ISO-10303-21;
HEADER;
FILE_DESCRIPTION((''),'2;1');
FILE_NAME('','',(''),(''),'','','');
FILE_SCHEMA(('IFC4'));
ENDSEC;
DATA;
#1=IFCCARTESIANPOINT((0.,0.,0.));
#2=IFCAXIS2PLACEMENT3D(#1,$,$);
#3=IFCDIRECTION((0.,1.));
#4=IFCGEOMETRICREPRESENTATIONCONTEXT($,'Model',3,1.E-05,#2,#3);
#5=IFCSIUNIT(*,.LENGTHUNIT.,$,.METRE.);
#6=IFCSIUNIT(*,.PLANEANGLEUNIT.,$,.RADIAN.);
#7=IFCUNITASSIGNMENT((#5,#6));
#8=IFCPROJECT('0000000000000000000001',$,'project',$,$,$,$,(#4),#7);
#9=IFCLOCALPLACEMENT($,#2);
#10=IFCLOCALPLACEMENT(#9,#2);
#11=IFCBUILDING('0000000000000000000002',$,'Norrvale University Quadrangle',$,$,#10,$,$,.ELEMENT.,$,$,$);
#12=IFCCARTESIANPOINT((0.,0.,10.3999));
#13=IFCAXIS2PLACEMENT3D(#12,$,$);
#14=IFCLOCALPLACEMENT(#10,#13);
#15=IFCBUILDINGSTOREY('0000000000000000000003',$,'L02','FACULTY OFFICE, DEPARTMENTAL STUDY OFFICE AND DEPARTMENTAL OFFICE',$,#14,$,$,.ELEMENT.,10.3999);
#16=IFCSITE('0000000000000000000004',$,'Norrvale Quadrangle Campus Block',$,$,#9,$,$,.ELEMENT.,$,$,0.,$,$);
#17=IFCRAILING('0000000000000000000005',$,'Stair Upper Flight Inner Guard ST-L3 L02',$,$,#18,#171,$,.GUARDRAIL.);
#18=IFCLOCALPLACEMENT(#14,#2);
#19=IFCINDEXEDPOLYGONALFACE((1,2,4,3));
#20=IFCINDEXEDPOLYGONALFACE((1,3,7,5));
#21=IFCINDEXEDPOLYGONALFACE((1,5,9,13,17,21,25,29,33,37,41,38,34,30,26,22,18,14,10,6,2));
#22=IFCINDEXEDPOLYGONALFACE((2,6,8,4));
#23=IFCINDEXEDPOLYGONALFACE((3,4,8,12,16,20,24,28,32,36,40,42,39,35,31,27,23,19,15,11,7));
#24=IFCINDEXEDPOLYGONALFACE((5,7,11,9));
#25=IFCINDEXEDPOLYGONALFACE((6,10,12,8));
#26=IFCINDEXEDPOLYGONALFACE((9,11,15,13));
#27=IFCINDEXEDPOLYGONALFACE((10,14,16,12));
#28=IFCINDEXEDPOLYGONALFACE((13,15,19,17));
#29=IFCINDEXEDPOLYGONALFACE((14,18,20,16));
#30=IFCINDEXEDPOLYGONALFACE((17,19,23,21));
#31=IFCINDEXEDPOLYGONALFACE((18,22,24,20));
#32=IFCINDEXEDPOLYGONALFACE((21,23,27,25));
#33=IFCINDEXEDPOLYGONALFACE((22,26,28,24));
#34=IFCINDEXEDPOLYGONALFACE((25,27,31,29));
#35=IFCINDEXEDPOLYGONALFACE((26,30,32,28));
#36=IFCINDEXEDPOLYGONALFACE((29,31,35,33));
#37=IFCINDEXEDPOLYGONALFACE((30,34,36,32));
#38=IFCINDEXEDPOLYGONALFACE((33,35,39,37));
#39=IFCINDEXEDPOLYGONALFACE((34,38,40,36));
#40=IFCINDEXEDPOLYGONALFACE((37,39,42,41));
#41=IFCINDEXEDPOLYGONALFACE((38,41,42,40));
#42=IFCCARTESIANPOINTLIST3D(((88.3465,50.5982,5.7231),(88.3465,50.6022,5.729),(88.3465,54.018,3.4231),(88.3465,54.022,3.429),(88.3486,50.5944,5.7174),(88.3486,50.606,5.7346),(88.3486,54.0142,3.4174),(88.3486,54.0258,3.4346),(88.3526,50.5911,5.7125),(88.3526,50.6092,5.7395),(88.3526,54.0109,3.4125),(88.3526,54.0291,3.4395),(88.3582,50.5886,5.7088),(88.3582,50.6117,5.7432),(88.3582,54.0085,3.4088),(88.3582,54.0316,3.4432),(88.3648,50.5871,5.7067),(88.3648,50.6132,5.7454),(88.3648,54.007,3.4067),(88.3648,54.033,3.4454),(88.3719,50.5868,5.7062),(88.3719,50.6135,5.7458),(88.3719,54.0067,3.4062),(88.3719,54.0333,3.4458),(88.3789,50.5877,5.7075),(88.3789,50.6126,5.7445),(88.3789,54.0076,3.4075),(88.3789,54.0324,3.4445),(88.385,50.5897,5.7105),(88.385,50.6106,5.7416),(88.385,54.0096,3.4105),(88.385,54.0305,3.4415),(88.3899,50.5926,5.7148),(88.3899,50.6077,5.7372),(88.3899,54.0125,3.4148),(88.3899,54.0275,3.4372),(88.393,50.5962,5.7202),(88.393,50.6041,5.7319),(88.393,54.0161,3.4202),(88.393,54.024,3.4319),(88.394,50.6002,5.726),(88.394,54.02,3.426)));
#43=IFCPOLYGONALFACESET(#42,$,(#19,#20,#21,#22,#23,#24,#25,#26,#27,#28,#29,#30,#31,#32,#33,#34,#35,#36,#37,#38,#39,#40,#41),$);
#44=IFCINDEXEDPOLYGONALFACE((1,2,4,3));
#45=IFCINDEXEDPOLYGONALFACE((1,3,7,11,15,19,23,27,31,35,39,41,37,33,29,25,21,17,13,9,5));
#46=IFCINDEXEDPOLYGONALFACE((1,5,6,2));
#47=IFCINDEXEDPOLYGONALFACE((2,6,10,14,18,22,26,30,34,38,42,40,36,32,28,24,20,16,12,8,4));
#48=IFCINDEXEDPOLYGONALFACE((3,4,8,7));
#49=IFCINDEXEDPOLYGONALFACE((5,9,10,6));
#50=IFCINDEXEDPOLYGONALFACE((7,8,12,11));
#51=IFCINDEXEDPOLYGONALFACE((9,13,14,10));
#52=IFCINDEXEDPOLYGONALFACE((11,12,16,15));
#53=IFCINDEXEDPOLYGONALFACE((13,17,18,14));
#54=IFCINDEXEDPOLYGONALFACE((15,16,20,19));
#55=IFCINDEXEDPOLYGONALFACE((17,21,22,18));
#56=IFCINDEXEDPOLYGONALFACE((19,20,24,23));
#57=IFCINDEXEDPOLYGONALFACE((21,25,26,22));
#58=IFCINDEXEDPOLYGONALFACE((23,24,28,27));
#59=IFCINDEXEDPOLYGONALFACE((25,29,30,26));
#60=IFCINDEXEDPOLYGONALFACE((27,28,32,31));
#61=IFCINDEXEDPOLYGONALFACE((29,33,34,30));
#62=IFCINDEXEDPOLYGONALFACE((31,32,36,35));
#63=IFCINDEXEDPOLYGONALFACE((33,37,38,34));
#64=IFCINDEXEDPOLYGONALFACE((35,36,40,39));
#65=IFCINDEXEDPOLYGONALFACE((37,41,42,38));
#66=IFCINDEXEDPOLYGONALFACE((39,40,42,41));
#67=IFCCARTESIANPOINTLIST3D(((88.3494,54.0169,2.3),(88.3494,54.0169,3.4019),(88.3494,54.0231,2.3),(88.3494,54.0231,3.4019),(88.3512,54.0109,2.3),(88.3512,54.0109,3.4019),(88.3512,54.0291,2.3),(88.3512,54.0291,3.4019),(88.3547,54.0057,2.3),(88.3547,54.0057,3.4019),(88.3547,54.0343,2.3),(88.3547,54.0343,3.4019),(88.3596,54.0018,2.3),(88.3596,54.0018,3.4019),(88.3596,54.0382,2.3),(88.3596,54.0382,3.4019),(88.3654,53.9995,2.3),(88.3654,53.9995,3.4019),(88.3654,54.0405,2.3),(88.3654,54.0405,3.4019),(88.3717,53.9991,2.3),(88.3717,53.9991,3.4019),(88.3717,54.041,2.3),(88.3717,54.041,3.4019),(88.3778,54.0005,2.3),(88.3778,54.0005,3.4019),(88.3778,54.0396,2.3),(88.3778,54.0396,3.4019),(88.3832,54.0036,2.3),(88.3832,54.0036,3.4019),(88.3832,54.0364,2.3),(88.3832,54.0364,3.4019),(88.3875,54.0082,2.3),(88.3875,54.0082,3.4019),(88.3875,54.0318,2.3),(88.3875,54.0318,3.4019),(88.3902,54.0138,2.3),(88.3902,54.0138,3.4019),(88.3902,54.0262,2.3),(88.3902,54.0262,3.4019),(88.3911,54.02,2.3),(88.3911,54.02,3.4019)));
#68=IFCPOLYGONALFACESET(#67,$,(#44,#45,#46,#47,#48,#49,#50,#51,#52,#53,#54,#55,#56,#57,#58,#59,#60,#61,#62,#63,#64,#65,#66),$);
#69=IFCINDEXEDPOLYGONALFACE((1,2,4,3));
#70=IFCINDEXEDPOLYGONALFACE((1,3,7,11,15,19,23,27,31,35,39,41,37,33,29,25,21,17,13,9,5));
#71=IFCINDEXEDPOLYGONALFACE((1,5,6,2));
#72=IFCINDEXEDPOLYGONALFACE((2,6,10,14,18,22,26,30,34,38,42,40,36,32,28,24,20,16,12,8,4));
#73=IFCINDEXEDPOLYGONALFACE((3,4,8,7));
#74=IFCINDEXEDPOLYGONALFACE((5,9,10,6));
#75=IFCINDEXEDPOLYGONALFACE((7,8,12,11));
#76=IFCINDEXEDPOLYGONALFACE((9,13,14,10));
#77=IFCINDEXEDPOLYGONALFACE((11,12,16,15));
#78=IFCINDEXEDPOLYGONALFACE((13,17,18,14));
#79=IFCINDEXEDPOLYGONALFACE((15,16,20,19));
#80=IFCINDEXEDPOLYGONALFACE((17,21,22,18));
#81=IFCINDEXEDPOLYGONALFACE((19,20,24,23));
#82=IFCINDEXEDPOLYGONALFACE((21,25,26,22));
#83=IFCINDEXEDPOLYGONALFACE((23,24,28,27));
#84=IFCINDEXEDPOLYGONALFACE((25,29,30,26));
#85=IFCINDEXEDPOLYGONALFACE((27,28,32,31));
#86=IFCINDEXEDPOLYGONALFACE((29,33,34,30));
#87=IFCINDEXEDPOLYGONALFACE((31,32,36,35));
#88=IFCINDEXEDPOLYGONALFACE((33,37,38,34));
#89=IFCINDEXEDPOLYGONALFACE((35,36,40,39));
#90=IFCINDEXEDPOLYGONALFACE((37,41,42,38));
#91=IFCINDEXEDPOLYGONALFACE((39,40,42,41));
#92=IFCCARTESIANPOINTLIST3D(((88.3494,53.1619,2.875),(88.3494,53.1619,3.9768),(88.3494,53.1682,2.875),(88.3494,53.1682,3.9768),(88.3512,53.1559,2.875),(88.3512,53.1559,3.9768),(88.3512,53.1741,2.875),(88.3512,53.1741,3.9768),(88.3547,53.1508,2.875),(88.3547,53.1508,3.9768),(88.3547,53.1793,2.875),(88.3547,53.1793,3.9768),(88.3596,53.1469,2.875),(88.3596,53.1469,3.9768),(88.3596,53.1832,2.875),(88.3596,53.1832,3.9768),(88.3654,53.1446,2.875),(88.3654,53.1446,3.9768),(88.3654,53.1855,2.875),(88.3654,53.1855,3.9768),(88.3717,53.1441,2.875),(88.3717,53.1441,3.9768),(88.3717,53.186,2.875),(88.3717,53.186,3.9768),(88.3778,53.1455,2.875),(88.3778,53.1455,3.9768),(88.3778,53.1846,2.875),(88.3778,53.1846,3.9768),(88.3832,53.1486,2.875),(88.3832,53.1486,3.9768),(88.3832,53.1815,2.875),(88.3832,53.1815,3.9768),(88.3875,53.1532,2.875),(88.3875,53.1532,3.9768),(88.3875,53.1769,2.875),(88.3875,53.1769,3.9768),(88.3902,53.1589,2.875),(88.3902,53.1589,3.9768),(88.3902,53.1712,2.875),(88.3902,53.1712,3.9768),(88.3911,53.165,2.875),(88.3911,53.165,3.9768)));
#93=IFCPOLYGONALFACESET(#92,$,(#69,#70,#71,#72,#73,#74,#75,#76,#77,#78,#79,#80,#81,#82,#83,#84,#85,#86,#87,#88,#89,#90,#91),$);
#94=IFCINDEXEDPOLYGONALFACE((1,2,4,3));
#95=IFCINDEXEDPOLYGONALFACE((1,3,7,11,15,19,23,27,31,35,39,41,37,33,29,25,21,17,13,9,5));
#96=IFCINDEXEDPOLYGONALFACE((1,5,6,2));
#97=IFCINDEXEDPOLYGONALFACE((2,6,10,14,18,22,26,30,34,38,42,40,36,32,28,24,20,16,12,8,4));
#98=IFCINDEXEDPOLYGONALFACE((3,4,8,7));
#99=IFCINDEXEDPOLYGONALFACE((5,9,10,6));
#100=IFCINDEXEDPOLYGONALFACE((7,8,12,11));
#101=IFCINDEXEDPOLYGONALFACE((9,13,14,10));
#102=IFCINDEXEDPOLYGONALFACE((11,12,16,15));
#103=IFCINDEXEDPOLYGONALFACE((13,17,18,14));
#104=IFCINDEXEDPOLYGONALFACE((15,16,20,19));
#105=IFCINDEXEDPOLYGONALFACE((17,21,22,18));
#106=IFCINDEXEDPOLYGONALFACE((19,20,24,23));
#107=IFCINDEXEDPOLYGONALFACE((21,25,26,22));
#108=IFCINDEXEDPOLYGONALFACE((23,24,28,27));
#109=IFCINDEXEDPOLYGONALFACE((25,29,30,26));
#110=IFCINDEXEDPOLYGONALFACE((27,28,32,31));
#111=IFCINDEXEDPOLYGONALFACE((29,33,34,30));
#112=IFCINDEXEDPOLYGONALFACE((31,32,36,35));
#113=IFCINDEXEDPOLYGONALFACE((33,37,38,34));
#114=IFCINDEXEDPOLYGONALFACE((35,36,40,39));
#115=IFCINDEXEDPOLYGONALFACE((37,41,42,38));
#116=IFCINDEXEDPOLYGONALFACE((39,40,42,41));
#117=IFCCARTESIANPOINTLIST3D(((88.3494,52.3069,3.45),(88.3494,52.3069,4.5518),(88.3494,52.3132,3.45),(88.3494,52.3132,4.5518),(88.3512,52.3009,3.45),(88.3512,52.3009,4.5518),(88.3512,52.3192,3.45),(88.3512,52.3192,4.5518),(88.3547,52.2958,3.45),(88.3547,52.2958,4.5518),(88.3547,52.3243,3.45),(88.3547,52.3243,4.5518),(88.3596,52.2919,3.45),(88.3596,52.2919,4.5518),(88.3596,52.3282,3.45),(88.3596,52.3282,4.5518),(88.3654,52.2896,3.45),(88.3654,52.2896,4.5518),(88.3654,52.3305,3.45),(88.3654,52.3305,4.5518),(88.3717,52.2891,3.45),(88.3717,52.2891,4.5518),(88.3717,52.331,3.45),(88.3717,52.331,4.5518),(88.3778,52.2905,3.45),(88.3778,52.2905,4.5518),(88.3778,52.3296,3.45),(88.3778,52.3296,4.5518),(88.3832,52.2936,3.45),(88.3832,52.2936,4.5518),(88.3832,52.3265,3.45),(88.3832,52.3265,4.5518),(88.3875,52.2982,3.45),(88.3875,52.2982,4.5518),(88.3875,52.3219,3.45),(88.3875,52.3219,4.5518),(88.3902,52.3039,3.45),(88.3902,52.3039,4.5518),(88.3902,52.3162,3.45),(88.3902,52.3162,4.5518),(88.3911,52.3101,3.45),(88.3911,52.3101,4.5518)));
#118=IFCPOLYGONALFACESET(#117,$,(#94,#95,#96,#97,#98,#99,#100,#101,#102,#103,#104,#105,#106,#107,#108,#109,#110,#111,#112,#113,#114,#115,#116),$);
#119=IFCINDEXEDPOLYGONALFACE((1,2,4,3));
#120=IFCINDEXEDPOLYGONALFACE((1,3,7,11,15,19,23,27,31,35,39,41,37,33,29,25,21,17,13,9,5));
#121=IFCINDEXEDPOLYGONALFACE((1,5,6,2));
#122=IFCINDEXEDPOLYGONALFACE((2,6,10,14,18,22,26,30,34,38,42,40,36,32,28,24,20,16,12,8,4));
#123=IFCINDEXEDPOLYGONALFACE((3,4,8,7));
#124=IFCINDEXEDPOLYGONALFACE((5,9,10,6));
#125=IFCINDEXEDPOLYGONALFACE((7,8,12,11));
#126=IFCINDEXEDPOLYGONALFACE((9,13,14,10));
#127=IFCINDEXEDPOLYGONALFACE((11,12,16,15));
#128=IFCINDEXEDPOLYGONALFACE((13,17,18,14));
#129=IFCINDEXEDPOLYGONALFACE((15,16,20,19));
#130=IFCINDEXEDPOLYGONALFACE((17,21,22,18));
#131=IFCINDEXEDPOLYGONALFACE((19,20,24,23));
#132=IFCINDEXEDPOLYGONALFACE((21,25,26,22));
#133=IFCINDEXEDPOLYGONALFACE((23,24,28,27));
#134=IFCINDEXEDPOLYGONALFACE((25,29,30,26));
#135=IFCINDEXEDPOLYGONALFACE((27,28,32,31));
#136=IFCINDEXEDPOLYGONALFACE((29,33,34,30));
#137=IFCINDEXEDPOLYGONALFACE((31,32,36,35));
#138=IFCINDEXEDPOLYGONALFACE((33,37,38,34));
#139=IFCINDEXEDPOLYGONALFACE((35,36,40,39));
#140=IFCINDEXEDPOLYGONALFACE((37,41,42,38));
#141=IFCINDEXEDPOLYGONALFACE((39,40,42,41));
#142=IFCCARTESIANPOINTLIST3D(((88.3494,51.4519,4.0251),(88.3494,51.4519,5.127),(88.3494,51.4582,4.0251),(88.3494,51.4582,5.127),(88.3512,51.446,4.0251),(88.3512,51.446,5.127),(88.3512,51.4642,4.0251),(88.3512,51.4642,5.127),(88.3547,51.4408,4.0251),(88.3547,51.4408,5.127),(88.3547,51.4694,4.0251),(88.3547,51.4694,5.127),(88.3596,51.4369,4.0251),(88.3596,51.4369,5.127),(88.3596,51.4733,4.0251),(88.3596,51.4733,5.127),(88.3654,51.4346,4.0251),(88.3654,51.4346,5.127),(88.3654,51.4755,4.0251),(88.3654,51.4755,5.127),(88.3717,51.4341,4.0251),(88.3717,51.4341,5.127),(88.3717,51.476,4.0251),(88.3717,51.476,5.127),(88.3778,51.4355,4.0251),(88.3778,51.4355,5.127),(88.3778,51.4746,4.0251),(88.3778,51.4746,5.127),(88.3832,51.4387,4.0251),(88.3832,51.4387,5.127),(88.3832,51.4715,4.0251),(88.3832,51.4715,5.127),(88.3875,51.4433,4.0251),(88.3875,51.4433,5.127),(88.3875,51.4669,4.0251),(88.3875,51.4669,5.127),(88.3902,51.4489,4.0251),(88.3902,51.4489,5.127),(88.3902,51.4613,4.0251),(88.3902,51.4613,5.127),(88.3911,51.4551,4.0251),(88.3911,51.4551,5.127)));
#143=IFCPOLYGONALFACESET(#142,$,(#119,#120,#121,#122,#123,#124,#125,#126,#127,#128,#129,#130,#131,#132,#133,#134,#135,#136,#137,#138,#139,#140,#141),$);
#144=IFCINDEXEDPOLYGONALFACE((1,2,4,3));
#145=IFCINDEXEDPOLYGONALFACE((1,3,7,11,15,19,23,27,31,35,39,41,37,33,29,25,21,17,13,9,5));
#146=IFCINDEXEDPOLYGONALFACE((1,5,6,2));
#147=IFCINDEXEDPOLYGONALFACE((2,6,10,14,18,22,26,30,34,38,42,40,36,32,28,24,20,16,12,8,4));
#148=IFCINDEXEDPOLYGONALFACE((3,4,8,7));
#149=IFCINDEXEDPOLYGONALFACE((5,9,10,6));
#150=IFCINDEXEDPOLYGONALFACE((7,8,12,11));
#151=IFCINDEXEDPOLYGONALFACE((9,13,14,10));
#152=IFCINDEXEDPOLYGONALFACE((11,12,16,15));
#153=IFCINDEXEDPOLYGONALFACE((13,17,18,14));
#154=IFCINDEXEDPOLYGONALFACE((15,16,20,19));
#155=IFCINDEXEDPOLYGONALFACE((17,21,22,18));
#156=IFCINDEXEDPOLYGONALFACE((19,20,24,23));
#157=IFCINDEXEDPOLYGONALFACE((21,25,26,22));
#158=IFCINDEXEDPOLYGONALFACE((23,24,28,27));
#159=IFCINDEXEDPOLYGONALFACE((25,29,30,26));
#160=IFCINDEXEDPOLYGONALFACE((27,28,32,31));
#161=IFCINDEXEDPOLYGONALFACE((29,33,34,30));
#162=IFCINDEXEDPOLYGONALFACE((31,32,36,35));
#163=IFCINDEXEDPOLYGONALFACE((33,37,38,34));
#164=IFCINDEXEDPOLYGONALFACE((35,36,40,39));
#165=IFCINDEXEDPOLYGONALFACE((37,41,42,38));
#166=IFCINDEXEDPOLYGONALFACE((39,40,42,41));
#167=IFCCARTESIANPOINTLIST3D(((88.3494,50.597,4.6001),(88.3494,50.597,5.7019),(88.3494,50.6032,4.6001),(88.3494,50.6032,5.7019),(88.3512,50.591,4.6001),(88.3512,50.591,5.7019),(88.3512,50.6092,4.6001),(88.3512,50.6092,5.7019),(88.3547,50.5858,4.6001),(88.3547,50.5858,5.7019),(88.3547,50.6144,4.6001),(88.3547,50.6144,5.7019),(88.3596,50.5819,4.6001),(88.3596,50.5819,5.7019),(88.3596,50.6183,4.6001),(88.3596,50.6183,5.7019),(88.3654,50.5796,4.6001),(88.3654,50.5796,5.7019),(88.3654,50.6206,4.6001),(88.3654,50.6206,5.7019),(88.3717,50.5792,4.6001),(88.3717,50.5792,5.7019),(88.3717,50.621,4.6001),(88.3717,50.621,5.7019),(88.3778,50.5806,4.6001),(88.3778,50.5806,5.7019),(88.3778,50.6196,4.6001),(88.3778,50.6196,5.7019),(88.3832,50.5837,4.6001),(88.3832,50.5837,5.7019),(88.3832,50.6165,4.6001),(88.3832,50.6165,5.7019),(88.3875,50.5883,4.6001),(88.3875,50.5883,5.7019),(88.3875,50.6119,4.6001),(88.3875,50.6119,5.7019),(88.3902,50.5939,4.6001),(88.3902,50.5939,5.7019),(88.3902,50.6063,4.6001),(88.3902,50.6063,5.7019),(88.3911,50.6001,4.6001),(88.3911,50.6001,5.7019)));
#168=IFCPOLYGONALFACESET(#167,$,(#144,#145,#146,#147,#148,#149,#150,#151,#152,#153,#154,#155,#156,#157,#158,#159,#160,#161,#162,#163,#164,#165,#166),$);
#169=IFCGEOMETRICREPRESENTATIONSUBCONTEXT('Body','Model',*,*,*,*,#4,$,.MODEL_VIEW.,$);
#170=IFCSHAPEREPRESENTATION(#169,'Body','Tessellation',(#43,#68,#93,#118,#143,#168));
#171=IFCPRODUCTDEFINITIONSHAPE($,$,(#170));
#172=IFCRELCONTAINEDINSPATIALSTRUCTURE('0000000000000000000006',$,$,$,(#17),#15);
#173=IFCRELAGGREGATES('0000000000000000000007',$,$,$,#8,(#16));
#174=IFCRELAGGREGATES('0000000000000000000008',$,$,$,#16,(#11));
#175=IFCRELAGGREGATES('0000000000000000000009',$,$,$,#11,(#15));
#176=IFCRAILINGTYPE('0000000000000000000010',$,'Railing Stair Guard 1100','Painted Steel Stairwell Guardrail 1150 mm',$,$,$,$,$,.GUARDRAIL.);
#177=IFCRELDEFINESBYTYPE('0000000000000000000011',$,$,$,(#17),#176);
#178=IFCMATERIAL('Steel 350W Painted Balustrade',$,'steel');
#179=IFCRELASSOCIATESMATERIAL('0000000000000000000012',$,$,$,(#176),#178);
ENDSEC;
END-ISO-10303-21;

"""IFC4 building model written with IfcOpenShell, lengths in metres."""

from ifc_helpers import new_model, si_unit, direction, frame, origin, origin_2d, place, context, subcontext, project, spatial, circle, extrude, material, type_object, element, save


model = new_model("IFC4")

# Units and contexts
model_context = context("Model", 3, precision=1e-05, world=origin(), true_north=direction((0.0, 1.0)))
body_context = subcontext(model_context, "Body", "Model", "MODEL_VIEW")
ifc_project = project(units=[si_unit("LENGTHUNIT", "METRE"), si_unit("PLANEANGLEUNIT", "RADIAN")], contexts=[model_context])

# Site, building, storey
site_placement = place(None, origin())
site = spatial("IfcSite", under=ifc_project, at=site_placement, Name="Norrvale Quadrangle Campus Block", CompositionType="ELEMENT", RefElevation=0.0)
building_placement = place(site_placement, origin())
building = spatial("IfcBuilding", under=site, at=building_placement, Name="Norrvale University Quadrangle", CompositionType="ELEMENT")
storey_placement = place(building_placement, frame((0.0, 0.0, 10.3999)))
storey = spatial("IfcBuildingStorey", under=building, at=storey_placement, Name="L02", Description="FACULTY OFFICE, DEPARTMENTAL STUDY OFFICE AND DEPARTMENTAL OFFICE", CompositionType="ELEMENT", Elevation=10.3999)

# Railing
ifc_material_1 = material(Name="Steel 350W Painted Balustrade", Category="steel")
railing_type_1 = type_object("IfcRailingType", Name="Railing Stair Guard 1100", Description="Painted Steel Stairwell Guardrail 1150 mm", PredefinedType="GUARDRAIL", material=ifc_material_1)
railing_1_placement = place(storey_placement, frame((88.3701, 54.02, 2.3)))
element("IfcRailing", 1, at=railing_1_placement, inside=storey, type_object=railing_type_1, Name="Stair Upper Flight Inner Guard ST-L3 L02", PredefinedType="GUARDRAIL", context=body_context, shape_type="SweptSolid", body=[
    extrude(circle(Radius=0.0239, at=origin_2d()), frame((0.0, 0.0, 1.126), z_axis=(0.0, -0.829792, 0.558072), x_axis=(1.0, 0.0, 0.0)), (0.0, 0.0, 1.0), 4.1213),
    extrude(circle(Radius=0.021, at=origin_2d()), origin(), (0.0, 0.0, 1.0), 1.1018),
    extrude(circle(Radius=0.021, at=origin_2d()), frame((0.0, -0.855, 0.575)), (0.0, 0.0, 1.0), 1.1018),
    extrude(circle(Radius=0.021, at=origin_2d()), frame((0.0, -1.71, 1.1499)), (0.0, 0.0, 1.0), 1.1018),
    extrude(circle(Radius=0.021, at=origin_2d()), frame((0.0, -2.5649, 1.7251)), (0.0, 0.0, 1.0), 1.1018),
    extrude(circle(Radius=0.021, at=origin_2d()), frame((0.0, -3.4199, 2.3)), (0.0, 0.0, 1.0), 1.1018),
])

save(model, "model.ifc")
